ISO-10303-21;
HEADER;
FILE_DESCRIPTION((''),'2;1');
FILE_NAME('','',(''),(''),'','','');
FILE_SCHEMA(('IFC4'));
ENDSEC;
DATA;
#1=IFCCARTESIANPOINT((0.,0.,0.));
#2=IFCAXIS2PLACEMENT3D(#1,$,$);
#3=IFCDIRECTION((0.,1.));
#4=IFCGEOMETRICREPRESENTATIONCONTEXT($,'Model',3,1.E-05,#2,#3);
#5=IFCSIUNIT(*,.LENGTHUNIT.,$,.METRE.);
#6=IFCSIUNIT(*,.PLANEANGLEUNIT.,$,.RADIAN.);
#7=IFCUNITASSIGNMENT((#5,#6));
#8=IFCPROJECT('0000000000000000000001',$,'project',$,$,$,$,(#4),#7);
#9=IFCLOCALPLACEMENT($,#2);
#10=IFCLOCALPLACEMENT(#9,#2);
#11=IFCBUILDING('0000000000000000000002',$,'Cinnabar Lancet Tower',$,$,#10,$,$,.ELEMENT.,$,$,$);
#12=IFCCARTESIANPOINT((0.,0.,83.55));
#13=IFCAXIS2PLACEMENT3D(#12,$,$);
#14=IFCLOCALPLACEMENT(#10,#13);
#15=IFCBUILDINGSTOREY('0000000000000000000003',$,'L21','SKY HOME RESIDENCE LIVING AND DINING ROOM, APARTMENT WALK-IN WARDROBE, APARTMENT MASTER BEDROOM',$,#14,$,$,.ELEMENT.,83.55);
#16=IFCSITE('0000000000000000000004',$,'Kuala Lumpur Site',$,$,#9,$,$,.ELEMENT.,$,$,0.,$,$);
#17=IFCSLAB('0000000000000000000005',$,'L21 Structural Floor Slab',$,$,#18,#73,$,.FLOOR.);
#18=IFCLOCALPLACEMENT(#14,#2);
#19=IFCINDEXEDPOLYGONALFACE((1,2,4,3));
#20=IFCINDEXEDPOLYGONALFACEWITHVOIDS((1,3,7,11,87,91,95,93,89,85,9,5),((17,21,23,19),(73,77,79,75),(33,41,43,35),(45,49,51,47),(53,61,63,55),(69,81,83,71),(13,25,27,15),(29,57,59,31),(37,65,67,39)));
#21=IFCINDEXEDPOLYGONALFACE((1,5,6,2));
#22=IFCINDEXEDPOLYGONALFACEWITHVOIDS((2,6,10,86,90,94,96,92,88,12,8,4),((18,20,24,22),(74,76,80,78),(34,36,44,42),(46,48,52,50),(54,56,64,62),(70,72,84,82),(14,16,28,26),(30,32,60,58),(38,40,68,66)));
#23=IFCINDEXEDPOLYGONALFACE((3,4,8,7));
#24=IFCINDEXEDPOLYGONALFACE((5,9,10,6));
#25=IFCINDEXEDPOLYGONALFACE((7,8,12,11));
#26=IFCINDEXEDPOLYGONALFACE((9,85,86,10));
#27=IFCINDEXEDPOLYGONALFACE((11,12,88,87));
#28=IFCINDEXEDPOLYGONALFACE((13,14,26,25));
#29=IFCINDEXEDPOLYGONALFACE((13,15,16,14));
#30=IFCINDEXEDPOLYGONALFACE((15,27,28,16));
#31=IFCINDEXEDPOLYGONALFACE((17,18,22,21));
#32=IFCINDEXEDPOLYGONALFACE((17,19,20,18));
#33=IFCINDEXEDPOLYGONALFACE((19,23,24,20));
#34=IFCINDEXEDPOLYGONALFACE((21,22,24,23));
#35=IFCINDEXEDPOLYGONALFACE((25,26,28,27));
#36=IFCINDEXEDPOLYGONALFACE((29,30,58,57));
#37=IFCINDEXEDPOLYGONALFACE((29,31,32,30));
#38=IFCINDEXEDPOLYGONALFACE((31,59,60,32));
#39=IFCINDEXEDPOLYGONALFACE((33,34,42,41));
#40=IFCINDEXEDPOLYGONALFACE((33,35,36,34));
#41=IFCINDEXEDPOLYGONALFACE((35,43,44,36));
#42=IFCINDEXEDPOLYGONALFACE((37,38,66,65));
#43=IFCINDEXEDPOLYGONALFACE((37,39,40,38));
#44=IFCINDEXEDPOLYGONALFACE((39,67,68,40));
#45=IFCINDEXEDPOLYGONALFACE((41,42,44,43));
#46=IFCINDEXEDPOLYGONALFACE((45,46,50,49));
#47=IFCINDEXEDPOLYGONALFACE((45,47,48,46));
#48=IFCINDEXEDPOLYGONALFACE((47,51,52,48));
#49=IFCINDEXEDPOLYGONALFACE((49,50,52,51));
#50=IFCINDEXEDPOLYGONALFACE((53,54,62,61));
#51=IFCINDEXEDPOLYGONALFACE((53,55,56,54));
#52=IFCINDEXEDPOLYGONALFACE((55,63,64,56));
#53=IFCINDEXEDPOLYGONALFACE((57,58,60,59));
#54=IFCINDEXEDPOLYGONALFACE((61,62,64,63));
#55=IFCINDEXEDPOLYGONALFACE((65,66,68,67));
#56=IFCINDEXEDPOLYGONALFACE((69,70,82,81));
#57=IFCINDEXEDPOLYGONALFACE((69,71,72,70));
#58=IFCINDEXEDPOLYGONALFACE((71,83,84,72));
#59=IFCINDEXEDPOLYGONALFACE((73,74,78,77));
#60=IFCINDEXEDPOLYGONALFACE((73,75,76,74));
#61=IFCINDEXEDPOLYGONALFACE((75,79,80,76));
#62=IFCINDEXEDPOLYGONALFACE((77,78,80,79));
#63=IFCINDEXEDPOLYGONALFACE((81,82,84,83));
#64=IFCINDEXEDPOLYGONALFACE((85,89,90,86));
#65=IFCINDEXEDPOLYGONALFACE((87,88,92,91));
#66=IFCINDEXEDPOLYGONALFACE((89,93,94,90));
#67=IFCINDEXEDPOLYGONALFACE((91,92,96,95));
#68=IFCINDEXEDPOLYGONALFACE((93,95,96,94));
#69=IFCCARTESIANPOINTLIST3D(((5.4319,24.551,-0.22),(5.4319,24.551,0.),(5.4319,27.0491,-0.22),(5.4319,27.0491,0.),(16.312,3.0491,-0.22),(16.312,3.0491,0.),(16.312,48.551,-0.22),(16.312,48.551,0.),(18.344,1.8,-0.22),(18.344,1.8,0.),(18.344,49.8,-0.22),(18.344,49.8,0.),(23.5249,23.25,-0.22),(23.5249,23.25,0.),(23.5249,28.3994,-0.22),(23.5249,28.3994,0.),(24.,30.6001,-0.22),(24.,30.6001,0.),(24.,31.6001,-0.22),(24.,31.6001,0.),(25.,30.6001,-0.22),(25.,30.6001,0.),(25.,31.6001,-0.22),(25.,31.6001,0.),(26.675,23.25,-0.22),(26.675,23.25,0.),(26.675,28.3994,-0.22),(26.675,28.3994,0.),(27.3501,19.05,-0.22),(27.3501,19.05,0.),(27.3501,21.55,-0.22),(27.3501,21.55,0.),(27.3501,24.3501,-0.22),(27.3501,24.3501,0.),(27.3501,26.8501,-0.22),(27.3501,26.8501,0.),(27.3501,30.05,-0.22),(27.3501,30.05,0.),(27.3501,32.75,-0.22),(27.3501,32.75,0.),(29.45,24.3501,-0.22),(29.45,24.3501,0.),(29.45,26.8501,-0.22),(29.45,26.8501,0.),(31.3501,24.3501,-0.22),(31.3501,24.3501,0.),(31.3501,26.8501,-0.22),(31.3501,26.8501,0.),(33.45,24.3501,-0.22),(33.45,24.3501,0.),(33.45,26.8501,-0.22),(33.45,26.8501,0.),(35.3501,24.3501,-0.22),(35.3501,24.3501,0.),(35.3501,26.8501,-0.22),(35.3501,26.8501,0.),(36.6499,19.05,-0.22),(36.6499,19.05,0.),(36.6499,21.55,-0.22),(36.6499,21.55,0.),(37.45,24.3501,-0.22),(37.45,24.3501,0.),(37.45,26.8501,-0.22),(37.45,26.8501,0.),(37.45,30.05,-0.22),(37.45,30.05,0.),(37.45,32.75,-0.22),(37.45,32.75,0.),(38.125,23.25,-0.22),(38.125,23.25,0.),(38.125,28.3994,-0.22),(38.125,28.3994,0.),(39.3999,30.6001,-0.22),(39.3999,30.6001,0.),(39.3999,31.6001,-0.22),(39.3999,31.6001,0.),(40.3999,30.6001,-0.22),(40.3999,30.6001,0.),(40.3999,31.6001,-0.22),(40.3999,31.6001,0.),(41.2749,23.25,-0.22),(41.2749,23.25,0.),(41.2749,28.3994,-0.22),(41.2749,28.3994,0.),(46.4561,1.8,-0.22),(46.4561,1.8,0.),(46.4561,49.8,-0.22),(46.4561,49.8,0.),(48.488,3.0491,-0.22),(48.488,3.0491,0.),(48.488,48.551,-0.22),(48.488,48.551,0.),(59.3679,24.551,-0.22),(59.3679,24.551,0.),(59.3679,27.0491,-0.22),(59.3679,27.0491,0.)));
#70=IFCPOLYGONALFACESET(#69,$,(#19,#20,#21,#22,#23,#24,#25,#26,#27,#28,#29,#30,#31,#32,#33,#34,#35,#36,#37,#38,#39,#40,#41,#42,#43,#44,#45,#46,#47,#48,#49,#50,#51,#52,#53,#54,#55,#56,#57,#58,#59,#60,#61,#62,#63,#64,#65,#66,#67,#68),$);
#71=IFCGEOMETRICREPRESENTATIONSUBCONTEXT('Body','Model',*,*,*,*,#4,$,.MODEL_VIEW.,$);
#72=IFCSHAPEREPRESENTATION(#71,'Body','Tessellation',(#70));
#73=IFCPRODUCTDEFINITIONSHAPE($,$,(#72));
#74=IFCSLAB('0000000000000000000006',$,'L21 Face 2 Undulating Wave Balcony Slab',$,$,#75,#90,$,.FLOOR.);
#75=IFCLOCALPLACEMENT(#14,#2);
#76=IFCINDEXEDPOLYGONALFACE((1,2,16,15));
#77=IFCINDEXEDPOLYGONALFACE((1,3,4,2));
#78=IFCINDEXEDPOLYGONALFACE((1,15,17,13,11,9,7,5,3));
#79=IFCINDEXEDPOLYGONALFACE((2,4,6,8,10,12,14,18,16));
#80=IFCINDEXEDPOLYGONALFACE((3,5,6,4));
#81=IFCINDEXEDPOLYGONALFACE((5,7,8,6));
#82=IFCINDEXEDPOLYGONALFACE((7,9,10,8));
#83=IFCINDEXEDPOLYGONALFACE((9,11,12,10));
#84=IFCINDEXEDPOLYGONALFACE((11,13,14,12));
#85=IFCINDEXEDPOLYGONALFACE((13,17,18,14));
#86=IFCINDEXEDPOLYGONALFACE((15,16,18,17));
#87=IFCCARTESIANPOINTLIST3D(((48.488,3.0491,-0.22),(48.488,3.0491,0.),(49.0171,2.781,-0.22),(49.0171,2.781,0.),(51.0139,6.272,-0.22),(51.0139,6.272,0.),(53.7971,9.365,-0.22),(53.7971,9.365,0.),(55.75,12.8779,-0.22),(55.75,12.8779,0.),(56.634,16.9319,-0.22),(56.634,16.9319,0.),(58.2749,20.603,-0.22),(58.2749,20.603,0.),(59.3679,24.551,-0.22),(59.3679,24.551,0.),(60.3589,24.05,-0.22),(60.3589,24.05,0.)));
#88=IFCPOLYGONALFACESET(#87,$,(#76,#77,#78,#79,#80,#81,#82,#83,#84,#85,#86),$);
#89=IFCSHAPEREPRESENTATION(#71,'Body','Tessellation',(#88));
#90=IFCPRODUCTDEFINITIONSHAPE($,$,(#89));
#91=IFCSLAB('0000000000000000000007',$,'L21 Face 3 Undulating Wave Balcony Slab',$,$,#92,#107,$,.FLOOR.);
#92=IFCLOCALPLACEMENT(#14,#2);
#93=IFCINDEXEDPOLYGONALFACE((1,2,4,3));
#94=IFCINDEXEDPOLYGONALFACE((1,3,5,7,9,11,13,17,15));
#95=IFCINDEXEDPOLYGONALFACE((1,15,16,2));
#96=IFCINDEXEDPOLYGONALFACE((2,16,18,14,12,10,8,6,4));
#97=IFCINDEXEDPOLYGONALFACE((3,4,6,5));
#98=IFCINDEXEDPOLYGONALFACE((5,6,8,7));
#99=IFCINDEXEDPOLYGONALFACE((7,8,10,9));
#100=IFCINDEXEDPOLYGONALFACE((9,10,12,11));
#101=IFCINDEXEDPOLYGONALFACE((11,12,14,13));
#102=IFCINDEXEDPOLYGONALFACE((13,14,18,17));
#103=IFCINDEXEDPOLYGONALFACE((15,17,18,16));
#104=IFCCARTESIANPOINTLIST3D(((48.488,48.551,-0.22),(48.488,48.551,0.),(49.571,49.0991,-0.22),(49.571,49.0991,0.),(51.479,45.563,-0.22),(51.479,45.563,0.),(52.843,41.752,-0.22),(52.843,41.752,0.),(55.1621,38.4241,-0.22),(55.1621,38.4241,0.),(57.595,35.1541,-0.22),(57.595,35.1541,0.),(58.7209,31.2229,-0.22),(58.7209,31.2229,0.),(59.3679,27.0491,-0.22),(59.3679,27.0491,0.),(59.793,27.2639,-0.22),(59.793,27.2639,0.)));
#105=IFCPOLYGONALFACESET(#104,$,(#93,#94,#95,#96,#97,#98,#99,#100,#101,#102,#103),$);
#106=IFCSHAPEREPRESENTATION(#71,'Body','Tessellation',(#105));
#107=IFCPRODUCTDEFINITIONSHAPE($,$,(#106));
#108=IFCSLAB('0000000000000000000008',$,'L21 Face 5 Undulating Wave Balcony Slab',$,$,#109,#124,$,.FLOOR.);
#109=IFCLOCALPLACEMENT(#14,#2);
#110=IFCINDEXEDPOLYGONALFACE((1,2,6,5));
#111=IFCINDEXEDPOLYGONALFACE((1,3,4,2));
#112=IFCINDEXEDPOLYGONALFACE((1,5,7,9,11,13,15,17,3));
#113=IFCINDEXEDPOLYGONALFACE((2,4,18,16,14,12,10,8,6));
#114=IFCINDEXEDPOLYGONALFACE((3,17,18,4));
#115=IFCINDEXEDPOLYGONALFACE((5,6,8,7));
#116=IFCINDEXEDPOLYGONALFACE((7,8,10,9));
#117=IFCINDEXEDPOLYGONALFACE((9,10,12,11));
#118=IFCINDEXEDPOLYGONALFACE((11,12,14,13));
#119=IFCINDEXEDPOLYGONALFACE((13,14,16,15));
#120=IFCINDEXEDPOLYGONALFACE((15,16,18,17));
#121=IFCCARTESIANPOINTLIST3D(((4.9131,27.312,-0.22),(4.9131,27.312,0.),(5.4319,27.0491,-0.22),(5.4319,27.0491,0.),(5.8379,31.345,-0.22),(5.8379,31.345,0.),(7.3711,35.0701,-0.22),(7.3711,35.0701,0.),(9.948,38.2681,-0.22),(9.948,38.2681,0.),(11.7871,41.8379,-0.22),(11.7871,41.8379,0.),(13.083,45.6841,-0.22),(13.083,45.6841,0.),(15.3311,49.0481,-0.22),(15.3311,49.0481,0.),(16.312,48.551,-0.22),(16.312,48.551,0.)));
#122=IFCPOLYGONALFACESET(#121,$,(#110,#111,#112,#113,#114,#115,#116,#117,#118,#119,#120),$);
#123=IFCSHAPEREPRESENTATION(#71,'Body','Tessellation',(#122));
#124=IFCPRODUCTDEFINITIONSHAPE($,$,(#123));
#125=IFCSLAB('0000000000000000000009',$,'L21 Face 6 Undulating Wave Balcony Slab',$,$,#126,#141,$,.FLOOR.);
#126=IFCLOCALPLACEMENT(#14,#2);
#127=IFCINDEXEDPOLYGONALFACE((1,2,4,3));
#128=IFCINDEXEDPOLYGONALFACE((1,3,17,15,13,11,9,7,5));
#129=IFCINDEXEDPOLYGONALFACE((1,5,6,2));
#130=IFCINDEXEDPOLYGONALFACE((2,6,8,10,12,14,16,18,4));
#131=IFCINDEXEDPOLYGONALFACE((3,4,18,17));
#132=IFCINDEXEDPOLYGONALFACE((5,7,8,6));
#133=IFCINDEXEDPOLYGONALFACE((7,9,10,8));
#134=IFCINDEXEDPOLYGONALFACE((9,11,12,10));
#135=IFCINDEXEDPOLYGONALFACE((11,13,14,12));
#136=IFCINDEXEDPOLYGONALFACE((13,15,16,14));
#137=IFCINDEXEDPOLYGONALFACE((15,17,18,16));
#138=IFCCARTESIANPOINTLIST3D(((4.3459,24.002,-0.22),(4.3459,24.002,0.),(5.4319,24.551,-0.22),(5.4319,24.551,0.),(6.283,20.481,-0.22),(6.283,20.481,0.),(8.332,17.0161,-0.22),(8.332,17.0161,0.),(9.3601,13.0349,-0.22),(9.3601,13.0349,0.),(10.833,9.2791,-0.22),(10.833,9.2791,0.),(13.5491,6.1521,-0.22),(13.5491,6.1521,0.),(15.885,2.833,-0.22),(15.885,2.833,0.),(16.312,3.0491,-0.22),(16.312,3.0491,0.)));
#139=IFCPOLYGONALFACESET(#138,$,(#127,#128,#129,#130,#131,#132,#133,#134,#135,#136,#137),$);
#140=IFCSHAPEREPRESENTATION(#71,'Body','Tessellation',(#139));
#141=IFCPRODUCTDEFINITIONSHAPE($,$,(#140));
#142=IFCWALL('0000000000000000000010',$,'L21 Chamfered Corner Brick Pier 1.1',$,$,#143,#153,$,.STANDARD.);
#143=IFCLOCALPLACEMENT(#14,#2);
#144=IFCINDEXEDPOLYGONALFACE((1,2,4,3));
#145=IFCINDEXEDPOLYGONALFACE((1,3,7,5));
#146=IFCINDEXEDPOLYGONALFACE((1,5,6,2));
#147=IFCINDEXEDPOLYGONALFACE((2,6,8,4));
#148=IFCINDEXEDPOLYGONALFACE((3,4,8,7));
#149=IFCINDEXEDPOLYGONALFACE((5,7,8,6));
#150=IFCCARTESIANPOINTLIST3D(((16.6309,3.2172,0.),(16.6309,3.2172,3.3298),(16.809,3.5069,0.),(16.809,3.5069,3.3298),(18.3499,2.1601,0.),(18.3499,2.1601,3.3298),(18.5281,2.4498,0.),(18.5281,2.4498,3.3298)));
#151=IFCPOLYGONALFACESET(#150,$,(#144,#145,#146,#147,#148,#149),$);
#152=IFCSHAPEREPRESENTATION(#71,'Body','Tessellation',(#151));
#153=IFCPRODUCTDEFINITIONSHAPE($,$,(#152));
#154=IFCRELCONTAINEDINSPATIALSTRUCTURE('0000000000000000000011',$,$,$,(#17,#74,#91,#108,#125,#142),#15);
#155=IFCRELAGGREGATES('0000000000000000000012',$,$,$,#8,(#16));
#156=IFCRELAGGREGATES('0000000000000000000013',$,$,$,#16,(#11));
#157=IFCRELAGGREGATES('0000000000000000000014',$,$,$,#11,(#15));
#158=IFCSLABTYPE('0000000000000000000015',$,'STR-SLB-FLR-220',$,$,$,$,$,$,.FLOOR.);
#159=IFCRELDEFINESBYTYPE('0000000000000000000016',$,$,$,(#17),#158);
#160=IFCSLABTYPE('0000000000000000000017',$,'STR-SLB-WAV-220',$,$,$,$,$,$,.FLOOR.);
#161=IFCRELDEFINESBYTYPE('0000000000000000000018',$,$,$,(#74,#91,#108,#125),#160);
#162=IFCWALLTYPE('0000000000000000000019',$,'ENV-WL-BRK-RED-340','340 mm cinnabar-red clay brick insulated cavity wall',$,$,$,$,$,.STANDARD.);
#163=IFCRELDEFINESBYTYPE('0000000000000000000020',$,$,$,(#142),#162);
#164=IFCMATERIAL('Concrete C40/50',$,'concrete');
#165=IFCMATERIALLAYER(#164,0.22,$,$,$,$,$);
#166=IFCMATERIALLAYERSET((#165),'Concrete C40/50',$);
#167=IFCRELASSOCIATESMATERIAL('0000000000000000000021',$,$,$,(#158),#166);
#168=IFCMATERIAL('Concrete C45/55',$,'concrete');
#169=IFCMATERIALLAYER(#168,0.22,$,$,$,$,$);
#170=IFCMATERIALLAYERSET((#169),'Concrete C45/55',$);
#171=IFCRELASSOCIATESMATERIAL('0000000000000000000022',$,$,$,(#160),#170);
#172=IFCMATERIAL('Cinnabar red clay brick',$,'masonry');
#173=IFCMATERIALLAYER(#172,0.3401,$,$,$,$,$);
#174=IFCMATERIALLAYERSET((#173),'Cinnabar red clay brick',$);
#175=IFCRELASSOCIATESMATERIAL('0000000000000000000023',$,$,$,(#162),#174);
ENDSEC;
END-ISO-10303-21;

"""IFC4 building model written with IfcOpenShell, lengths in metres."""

from ifc_helpers import new_model, si_unit, direction, frame, frame_2d, origin, place, context, subcontext, project, spatial, polyline, rectangle, outline, extrude, material, layer, layer_set, type_object, element, save


model = new_model("IFC4")

# Units and contexts
model_context = context("Model", 3, precision=1e-05, world=origin(), true_north=direction((0.0, 1.0)))
body_context = subcontext(model_context, "Body", "Model", "MODEL_VIEW")
ifc_project = project(units=[si_unit("LENGTHUNIT", "METRE"), si_unit("PLANEANGLEUNIT", "RADIAN")], contexts=[model_context])

# Site, building, storey
site_placement = place(None, origin())
site = spatial("IfcSite", under=ifc_project, at=site_placement, Name="Kuala Lumpur Site", CompositionType="ELEMENT", RefElevation=0.0)
building_placement = place(site_placement, origin())
building = spatial("IfcBuilding", under=site, at=building_placement, Name="Cinnabar Lancet Tower", CompositionType="ELEMENT")
storey_placement = place(building_placement, frame((0.0, 0.0, 83.55)))
storey = spatial("IfcBuildingStorey", under=building, at=storey_placement, Name="L21", Description="SKY HOME RESIDENCE LIVING AND DINING ROOM, APARTMENT WALK-IN WARDROBE, APARTMENT MASTER BEDROOM", CompositionType="ELEMENT", Elevation=83.55)

# Slabs
ifc_material_1 = material(Name="Concrete C40/50", Category="concrete")
ifc_layer_1 = layer(ifc_material_1, 0.22)
ifc_layer_set_1 = layer_set([ifc_layer_1], Name="Concrete C40/50")
slab_type_1 = type_object("IfcSlabType", Name="STR-SLB-FLR-220", PredefinedType="FLOOR", material=ifc_layer_set_1)
slab_1_placement = place(storey_placement, frame((0.0, 0.0, -0.22)))
element("IfcSlab", 1, at=slab_1_placement, inside=storey, type_object=slab_type_1, Name="L21 Structural Floor Slab", PredefinedType="FLOOR", context=body_context, shape_type="SweptSolid", body=[
    extrude(outline(polyline([(16.312, 3.0491), (18.344, 1.8), (46.4561, 1.8), (48.488, 3.0491), (59.3679, 24.551), (59.3679, 27.0491), (48.488, 48.551), (46.4561, 49.8), (18.344, 49.8), (16.312, 48.551), (5.4319, 27.0491), (5.4319, 24.551), (16.312, 3.0491)]), holes=[polyline([(23.5249, 23.25), (26.675, 23.25), (26.675, 28.3994), (23.5249, 28.3994), (23.5249, 23.25)]), polyline([(38.125, 23.25), (41.2749, 23.25), (41.2749, 28.3994), (38.125, 28.3994), (38.125, 23.25)]), polyline([(27.3501, 30.05), (37.45, 30.05), (37.45, 32.75), (27.3501, 32.75), (27.3501, 30.05)]), polyline([(27.3501, 19.05), (36.6499, 19.05), (36.6499, 21.55), (27.3501, 21.55), (27.3501, 19.05)]), polyline([(27.3501, 24.3501), (29.45, 24.3501), (29.45, 26.8501), (27.3501, 26.8501), (27.3501, 24.3501)]), polyline([(35.3501, 24.3501), (37.45, 24.3501), (37.45, 26.8501), (35.3501, 26.8501), (35.3501, 24.3501)]), polyline([(31.3501, 24.3501), (33.45, 24.3501), (33.45, 26.8501), (31.3501, 26.8501), (31.3501, 24.3501)]), polyline([(24.0, 30.6001), (25.0, 30.6001), (25.0, 31.6001), (24.0, 31.6001), (24.0, 30.6001)]), polyline([(39.3999, 30.6001), (40.3999, 30.6001), (40.3999, 31.6001), (39.3999, 31.6001), (39.3999, 30.6001)])]), origin(), (0.0, 0.0, 1.0), 0.22),
])
ifc_material_2 = material(Name="Concrete C45/55", Category="concrete")
ifc_layer_2 = layer(ifc_material_2, 0.22)
ifc_layer_set_2 = layer_set([ifc_layer_2], Name="Concrete C45/55")
slab_type_2 = type_object("IfcSlabType", Name="STR-SLB-WAV-220", PredefinedType="FLOOR", material=ifc_layer_set_2)
slab_2_placement = place(storey_placement, frame((0.0, 0.0, -0.22)))
element("IfcSlab", 2, at=slab_2_placement, inside=storey, type_object=slab_type_2, Name="L21 Face 2 Undulating Wave Balcony Slab", PredefinedType="FLOOR", context=body_context, shape_type="SweptSolid", body=[
    extrude(outline(polyline([(48.488, 3.0491), (49.0171, 2.781), (51.0139, 6.272), (53.7971, 9.365), (55.75, 12.8779), (56.634, 16.9319), (58.2749, 20.603), (60.3589, 24.05), (59.3679, 24.551), (48.488, 3.0491)])), origin(), (0.0, 0.0, 1.0), 0.22),
])
slab_3_placement = place(storey_placement, frame((0.0, 0.0, -0.22)))
element("IfcSlab", 3, at=slab_3_placement, inside=storey, type_object=slab_type_2, Name="L21 Face 3 Undulating Wave Balcony Slab", PredefinedType="FLOOR", context=body_context, shape_type="SweptSolid", body=[
    extrude(outline(polyline([(59.3679, 27.0491), (59.793, 27.2639), (58.7209, 31.2229), (57.595, 35.1541), (55.1621, 38.4241), (52.843, 41.752), (51.479, 45.563), (49.571, 49.0991), (48.488, 48.551), (59.3679, 27.0491)])), origin(), (0.0, 0.0, 1.0), 0.22),
])
slab_4_placement = place(storey_placement, frame((0.0, 0.0, -0.22)))
element("IfcSlab", 4, at=slab_4_placement, inside=storey, type_object=slab_type_2, Name="L21 Face 5 Undulating Wave Balcony Slab", PredefinedType="FLOOR", context=body_context, shape_type="SweptSolid", body=[
    extrude(outline(polyline([(16.312, 48.551), (15.3311, 49.0481), (13.083, 45.6841), (11.7871, 41.8379), (9.948, 38.2681), (7.3711, 35.0701), (5.8379, 31.345), (4.9131, 27.312), (5.4319, 27.0491), (16.312, 48.551)])), origin(), (0.0, 0.0, 1.0), 0.22),
])
slab_5_placement = place(storey_placement, frame((0.0, 0.0, -0.22)))
element("IfcSlab", 5, at=slab_5_placement, inside=storey, type_object=slab_type_2, Name="L21 Face 6 Undulating Wave Balcony Slab", PredefinedType="FLOOR", context=body_context, shape_type="SweptSolid", body=[
    extrude(outline(polyline([(5.4319, 24.551), (4.3459, 24.002), (6.283, 20.481), (8.332, 17.0161), (9.3601, 13.0349), (10.833, 9.2791), (13.5491, 6.1521), (15.885, 2.833), (16.312, 3.0491), (5.4319, 24.551)])), origin(), (0.0, 0.0, 1.0), 0.22),
])

# Wall
ifc_material_3 = material(Name="Cinnabar red clay brick", Category="masonry")
ifc_layer_3 = layer(ifc_material_3, 0.3401)
ifc_layer_set_3 = layer_set([ifc_layer_3], Name="Cinnabar red clay brick")
wall_type = type_object("IfcWallType", Name="ENV-WL-BRK-RED-340", Description="340 mm cinnabar-red clay brick insulated cavity wall", PredefinedType="STANDARD", material=ifc_layer_set_3)
wall_1_placement = place(storey_placement, frame((16.72, 3.3621, 0.0), z_axis=(0.0, 0.0, 1.0), x_axis=(0.851816, -0.523841, 0.0)))
element("IfcWall", 6, at=wall_1_placement, inside=storey, type_object=wall_type, Name="L21 Chamfered Corner Brick Pier 1.1", PredefinedType="STANDARD", context=body_context, shape_type="SweptSolid", body=[
    extrude(rectangle(XDim=2.0181, YDim=0.3401, at=frame_2d((1.009, 0.0))), origin(), (0.0, 0.0, 1.0), 3.3298),
])

save(model, "model.ifc")
